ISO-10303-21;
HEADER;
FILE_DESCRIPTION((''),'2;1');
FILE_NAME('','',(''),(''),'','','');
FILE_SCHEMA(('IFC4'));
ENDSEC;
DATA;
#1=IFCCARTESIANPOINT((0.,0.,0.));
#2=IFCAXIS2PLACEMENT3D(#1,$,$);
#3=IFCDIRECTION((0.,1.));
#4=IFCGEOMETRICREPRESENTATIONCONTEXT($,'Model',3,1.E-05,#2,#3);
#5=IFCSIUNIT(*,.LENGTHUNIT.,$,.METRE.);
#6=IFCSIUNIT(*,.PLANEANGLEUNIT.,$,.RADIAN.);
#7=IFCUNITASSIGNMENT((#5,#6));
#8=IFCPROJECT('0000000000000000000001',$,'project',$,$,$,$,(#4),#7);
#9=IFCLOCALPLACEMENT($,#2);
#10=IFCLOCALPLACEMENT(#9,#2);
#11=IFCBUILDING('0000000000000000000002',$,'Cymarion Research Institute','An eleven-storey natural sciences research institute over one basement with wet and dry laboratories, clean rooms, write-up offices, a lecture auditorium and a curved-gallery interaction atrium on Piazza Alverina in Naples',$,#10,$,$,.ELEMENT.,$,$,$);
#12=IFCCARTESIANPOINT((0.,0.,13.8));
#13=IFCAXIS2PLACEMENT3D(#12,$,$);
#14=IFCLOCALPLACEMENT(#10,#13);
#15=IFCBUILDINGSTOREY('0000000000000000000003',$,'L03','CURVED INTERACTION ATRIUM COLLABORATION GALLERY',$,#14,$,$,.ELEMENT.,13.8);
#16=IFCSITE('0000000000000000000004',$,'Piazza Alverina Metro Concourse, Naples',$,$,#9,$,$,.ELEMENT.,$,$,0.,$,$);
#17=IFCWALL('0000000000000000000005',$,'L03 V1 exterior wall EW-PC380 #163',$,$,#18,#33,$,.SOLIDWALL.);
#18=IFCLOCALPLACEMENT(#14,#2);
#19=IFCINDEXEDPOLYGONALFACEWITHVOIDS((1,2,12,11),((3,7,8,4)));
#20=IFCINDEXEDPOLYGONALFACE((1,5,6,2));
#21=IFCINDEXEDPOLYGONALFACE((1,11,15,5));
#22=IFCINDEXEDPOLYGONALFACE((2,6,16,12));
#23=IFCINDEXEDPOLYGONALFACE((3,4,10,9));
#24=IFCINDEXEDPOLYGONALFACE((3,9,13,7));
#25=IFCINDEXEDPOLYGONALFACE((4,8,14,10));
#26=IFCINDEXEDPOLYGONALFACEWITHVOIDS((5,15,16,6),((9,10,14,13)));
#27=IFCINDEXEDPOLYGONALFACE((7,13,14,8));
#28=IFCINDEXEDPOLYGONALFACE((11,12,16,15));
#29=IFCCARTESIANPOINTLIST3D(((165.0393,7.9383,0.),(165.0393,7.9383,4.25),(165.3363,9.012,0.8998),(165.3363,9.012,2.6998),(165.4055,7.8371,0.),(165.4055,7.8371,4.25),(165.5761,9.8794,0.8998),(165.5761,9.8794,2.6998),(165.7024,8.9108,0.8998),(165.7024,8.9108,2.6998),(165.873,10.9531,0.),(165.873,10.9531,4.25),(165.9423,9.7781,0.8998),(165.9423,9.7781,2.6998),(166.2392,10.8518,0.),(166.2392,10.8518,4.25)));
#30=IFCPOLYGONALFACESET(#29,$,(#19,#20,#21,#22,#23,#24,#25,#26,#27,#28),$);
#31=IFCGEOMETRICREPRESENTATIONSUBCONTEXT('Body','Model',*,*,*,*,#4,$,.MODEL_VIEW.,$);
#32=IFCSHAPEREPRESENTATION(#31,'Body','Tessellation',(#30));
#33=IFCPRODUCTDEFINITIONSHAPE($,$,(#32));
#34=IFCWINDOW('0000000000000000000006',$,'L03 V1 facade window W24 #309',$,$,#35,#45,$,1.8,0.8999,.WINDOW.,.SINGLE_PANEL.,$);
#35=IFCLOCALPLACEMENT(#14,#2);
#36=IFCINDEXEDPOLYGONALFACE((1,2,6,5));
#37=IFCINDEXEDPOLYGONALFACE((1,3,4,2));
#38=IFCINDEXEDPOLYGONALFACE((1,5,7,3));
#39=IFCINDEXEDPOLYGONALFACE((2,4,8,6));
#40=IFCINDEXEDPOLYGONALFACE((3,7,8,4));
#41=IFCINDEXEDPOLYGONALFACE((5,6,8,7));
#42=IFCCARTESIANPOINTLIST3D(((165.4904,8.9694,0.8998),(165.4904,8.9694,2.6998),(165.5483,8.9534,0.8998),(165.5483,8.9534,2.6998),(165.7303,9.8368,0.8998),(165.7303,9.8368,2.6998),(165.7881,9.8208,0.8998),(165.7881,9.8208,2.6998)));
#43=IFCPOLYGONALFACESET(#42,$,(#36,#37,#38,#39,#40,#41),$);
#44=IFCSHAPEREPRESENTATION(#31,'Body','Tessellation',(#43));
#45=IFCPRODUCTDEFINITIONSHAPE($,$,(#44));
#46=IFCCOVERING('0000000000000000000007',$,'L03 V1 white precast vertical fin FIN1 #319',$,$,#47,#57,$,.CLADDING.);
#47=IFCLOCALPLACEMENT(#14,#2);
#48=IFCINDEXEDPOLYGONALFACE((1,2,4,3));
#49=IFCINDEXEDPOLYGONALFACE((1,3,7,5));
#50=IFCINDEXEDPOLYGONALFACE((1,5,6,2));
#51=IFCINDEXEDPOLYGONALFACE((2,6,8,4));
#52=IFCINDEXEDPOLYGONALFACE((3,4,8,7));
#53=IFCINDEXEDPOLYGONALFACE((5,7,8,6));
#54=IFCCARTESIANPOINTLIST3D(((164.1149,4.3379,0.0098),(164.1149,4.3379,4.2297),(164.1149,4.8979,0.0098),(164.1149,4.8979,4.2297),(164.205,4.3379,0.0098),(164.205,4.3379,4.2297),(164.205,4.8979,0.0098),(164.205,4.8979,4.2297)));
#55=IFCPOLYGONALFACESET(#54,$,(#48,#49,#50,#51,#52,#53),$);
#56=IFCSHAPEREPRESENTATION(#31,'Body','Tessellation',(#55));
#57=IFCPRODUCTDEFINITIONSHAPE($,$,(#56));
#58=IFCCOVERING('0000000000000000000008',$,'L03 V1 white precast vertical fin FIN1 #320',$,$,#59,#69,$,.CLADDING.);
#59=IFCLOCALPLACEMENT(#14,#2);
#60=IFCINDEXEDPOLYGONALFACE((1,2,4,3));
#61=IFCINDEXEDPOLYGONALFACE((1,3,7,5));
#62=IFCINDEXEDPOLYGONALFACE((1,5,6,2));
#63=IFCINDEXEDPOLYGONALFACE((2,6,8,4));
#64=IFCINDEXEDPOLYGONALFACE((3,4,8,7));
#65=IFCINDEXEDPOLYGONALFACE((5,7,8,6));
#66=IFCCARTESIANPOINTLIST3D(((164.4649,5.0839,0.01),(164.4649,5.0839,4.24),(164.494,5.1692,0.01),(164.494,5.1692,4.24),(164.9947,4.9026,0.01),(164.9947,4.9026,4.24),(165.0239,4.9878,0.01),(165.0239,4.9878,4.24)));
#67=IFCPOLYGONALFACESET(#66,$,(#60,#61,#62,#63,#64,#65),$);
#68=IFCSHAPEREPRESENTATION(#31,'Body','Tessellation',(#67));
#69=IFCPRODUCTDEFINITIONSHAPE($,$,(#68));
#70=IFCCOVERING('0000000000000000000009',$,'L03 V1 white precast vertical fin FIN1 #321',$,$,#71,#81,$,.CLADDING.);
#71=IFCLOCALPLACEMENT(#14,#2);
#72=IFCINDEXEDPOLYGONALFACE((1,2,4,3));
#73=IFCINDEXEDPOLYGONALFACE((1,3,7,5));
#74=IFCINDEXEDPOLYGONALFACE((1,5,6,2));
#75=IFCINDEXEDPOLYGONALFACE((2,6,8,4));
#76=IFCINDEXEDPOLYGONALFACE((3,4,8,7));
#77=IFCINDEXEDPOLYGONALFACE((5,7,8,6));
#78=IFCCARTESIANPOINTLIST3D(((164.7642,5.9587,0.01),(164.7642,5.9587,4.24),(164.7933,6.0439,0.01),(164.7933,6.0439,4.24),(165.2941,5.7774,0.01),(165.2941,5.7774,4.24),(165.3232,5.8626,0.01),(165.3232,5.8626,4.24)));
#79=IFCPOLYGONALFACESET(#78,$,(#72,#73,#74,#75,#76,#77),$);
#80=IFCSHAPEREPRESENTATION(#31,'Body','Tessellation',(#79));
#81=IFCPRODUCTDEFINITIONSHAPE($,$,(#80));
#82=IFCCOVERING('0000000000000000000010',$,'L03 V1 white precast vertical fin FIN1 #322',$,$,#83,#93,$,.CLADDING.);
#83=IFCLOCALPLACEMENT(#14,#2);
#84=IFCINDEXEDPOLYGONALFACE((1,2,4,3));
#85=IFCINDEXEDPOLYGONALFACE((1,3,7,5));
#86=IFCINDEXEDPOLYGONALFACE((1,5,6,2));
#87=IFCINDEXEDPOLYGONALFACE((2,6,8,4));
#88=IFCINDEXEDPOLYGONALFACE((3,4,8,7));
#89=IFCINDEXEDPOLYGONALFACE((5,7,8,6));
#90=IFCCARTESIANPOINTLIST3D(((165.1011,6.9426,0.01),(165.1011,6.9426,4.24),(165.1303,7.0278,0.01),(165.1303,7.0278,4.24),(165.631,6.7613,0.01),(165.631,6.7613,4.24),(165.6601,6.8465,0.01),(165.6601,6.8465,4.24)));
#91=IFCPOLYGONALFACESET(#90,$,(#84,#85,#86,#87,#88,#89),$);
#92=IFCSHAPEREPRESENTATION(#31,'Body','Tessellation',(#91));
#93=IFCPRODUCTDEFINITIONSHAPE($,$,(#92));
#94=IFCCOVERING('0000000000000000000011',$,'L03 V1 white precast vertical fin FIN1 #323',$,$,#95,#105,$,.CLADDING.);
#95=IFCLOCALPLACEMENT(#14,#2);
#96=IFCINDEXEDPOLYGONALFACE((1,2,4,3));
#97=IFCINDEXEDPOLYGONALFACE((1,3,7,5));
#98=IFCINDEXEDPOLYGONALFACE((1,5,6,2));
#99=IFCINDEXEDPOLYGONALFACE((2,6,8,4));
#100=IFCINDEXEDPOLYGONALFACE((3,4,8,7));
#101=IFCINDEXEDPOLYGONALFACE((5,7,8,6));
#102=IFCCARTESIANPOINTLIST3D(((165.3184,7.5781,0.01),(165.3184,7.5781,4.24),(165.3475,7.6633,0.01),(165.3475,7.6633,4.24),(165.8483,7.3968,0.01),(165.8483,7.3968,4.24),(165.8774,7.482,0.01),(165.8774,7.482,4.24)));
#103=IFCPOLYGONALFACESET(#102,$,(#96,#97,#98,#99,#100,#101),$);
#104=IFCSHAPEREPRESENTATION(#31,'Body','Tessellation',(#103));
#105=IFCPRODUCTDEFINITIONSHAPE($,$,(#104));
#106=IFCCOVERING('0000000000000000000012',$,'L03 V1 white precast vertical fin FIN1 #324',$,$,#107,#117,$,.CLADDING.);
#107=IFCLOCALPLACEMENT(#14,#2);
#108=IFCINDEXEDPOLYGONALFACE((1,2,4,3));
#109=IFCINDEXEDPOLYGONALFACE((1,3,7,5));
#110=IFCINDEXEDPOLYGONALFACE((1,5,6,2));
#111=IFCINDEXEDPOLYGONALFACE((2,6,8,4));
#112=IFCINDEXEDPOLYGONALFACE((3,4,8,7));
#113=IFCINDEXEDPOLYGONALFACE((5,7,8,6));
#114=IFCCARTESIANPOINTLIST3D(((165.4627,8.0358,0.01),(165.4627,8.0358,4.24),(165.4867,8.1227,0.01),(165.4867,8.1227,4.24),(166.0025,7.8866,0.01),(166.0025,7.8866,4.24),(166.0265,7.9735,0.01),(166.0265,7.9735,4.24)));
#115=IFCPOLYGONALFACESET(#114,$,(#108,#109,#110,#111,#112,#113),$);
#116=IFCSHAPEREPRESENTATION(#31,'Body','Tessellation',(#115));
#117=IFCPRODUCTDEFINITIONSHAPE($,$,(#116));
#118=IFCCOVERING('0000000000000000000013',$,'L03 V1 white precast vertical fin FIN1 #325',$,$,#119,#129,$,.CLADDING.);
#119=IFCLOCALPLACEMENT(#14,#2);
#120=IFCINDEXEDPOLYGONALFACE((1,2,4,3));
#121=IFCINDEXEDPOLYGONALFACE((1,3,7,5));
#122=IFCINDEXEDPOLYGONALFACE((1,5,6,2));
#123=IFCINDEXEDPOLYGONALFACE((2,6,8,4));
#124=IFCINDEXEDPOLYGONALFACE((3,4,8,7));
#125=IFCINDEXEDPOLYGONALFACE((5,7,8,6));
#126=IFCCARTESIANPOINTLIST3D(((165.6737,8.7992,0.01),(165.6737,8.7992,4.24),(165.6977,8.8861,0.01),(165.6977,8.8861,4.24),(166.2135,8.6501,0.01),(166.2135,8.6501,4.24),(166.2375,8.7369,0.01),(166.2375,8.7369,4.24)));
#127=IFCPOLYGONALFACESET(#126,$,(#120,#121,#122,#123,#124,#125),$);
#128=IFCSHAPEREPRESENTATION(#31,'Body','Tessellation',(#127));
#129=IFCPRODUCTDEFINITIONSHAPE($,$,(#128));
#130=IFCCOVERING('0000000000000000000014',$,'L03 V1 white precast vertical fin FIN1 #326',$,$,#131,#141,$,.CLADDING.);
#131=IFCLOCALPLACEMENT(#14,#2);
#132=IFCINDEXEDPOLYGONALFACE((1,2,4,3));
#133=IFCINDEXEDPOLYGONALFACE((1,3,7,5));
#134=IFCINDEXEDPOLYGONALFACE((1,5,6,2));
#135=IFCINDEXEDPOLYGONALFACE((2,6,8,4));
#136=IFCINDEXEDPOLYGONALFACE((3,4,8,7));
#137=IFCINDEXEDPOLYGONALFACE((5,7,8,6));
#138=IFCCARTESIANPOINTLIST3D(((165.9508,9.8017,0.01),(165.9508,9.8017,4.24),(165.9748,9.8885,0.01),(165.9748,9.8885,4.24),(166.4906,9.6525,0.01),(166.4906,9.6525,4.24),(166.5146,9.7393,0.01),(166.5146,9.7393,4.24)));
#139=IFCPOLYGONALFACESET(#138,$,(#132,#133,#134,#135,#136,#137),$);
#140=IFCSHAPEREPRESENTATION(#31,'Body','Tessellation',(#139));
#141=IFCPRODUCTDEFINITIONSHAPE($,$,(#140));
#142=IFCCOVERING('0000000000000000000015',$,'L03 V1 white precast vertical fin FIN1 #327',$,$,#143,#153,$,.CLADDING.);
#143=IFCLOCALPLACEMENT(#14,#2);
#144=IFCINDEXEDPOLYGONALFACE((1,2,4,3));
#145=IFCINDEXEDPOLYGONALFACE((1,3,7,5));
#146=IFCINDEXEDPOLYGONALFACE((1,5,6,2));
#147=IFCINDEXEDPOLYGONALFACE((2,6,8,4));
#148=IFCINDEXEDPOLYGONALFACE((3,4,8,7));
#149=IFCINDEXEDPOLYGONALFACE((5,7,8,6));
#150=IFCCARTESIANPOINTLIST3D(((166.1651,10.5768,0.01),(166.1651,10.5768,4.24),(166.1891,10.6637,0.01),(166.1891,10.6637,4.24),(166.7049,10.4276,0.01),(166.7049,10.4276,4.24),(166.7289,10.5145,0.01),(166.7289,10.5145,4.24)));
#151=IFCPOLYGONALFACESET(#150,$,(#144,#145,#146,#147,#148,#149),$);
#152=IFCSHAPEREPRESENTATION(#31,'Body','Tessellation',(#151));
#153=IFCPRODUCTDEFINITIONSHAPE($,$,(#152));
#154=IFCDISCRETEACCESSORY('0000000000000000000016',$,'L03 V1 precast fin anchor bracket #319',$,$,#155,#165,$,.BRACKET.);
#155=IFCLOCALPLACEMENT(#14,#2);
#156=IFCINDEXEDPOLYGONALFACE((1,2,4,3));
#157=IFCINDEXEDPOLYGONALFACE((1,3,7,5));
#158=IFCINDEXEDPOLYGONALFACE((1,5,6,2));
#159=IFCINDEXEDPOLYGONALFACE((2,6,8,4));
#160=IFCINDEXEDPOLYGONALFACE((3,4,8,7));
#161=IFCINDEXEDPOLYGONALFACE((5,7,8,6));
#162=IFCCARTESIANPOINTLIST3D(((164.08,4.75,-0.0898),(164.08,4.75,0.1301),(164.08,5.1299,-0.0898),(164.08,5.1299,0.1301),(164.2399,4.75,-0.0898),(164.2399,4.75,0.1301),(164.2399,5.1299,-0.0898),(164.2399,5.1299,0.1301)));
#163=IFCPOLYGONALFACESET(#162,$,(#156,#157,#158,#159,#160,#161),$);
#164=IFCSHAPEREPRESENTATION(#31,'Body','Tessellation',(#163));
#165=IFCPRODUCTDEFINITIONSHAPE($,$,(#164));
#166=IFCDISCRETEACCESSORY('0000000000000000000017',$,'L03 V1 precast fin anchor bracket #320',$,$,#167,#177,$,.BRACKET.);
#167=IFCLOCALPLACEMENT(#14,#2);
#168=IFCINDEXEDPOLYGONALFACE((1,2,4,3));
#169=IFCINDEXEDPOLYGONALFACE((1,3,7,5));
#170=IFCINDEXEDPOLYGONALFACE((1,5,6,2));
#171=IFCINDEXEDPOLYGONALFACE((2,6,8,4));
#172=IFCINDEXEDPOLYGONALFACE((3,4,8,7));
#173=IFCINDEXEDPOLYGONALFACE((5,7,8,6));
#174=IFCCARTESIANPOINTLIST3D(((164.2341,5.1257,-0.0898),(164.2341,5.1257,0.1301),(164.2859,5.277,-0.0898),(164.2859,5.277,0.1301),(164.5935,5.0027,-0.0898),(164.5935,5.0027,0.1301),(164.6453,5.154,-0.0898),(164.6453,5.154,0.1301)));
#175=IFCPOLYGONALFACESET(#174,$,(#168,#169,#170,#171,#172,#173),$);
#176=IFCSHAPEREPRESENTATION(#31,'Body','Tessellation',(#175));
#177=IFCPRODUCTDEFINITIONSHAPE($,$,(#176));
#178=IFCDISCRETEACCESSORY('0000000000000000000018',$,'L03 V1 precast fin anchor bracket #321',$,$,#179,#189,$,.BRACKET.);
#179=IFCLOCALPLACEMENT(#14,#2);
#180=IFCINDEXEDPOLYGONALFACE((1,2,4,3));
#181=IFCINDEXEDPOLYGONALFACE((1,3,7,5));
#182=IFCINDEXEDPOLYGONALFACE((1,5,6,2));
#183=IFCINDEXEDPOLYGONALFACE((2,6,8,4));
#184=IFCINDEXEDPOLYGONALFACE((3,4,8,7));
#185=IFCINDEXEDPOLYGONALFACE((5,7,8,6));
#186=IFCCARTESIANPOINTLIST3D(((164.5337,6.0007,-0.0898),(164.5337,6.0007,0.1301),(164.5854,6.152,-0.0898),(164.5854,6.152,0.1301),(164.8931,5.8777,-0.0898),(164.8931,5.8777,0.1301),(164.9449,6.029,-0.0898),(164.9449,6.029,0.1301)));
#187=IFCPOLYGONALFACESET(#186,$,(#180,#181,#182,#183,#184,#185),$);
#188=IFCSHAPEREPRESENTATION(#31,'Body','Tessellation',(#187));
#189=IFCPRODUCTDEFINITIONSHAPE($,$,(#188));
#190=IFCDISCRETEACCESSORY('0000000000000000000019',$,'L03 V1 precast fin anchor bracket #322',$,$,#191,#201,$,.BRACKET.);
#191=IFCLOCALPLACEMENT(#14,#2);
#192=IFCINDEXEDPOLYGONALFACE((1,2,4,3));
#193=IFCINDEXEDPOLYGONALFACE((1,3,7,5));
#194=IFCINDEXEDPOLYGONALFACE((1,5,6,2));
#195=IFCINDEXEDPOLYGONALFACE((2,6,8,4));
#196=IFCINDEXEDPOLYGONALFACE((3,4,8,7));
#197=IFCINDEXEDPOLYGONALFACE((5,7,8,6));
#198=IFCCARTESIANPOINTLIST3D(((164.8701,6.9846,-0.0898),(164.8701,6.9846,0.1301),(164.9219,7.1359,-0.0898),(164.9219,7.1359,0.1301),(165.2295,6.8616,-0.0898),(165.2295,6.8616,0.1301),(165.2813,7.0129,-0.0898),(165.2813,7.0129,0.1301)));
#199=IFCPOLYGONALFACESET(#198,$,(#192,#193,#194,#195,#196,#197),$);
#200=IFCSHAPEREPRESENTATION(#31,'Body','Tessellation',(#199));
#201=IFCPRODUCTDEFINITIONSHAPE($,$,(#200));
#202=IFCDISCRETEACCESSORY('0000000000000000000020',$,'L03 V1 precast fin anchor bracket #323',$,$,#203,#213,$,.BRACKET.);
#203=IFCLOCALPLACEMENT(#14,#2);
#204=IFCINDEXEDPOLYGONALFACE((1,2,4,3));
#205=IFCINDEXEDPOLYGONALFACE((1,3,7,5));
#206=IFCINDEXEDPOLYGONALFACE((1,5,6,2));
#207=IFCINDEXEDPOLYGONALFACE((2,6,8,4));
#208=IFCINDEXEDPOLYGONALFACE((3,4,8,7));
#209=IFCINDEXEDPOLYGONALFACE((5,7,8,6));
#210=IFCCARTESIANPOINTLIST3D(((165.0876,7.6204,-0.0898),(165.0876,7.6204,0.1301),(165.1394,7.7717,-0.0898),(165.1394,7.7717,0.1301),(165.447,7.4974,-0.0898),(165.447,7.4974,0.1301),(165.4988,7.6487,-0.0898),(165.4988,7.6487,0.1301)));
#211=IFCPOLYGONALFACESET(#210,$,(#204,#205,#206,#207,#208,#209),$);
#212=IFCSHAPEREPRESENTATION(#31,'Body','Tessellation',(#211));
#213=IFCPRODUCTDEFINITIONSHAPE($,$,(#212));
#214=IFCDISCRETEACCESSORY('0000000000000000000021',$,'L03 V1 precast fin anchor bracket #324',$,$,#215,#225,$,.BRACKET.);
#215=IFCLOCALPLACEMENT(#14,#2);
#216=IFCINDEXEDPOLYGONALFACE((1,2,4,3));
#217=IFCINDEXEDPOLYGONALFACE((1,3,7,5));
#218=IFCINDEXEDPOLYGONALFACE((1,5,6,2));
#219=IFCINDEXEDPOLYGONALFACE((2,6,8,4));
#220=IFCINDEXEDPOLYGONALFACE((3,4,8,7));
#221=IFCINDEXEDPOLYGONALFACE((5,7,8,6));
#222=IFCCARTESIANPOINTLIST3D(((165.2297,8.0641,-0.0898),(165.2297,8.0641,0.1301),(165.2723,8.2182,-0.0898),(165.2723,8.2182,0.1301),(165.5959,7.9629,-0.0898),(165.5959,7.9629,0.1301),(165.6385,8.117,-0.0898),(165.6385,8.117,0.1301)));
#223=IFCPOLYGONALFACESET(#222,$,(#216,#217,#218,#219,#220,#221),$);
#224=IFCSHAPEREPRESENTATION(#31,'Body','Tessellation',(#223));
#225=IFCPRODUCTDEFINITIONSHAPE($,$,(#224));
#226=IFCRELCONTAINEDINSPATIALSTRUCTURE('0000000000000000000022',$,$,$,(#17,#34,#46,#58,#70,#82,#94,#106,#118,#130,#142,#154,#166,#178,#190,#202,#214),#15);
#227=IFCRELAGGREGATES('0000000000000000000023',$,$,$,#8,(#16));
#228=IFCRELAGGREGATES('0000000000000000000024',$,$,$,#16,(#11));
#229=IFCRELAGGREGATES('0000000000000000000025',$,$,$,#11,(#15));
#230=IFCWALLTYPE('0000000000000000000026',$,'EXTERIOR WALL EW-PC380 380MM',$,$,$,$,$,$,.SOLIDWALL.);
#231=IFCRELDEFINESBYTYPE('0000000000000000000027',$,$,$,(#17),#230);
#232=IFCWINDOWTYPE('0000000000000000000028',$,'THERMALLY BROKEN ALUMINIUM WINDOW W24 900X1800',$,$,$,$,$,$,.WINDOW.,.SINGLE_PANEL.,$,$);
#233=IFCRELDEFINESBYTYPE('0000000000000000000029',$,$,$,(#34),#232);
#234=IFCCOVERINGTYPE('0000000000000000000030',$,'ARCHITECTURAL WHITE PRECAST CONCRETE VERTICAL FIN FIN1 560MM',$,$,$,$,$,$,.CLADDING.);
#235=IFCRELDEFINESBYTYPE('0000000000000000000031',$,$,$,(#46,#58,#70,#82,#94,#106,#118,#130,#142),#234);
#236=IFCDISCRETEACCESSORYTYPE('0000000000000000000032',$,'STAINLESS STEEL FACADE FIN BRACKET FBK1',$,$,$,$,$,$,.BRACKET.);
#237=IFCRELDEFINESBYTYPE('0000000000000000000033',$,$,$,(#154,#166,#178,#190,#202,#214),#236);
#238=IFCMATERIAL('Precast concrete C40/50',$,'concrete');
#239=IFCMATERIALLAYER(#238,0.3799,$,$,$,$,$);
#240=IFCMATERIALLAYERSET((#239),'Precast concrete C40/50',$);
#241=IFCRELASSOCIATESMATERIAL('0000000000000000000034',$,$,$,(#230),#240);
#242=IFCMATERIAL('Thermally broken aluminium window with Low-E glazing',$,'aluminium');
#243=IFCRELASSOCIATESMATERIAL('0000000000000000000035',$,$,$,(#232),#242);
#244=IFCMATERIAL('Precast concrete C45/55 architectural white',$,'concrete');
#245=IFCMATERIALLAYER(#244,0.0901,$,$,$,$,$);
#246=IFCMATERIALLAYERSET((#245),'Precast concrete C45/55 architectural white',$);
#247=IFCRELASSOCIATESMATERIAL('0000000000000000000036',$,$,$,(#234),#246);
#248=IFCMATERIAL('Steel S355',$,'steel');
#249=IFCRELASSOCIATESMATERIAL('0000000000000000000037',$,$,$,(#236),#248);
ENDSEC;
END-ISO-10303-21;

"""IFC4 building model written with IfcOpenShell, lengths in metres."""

from ifc_helpers import new_model, si_unit, direction, frame, frame_2d, origin, origin_2d, place, context, subcontext, project, spatial, rectangle, extrude, material, layer, layer_set, type_object, element, fill, save


model = new_model("IFC4")

# Units and contexts
model_context = context("Model", 3, precision=1e-05, world=origin(), true_north=direction((0.0, 1.0)))
body_context = subcontext(model_context, "Body", "Model", "MODEL_VIEW")
ifc_project = project(units=[si_unit("LENGTHUNIT", "METRE"), si_unit("PLANEANGLEUNIT", "RADIAN")], contexts=[model_context])

# Site, building, storey
site_placement = place(None, origin())
site = spatial("IfcSite", under=ifc_project, at=site_placement, Name="Piazza Alverina Metro Concourse, Naples", CompositionType="ELEMENT", RefElevation=0.0)
building_placement = place(site_placement, origin())
building = spatial("IfcBuilding", under=site, at=building_placement, Name="Cymarion Research Institute", Description="An eleven-storey natural sciences research institute over one basement with wet and dry laboratories, clean rooms, write-up offices, a lecture auditorium and a curved-gallery interaction atrium on Piazza Alverina in Naples", CompositionType="ELEMENT")
storey_placement = place(building_placement, frame((0.0, 0.0, 13.8)))
storey = spatial("IfcBuildingStorey", under=building, at=storey_placement, Name="L03", Description="CURVED INTERACTION ATRIUM COLLABORATION GALLERY", CompositionType="ELEMENT", Elevation=13.8)

# Shared definitions
ifc_material_1 = material(Name="Steel S355", Category="steel")

# Wall, opening, window
ifc_material_2 = material(Name="Precast concrete C40/50", Category="concrete")
ifc_layer_1 = layer(ifc_material_2, 0.3799)
ifc_layer_set_1 = layer_set([ifc_layer_1], Name="Precast concrete C40/50")
wall_type = type_object("IfcWallType", Name="EXTERIOR WALL EW-PC380 380MM", PredefinedType="SOLIDWALL", material=ifc_layer_set_1)
ifc_material_3 = material(Name="Thermally broken aluminium window with Low-E glazing", Category="aluminium")
window_type = type_object("IfcWindowType", Name="THERMALLY BROKEN ALUMINIUM WINDOW W24 900X1800", PartitioningType="SINGLE_PANEL", PredefinedType="WINDOW", material=ifc_material_3)
wall_1_placement = place(storey_placement, frame((165.2224, 7.8877, 0.0), z_axis=(0.0, 0.0, 1.0), x_axis=(0.266537, 0.963825, 0.0)))
wall_1 = element("IfcWall", 1, at=wall_1_placement, inside=storey, type_object=wall_type, Name="L03 V1 exterior wall EW-PC380 #163", PredefinedType="SOLIDWALL", context=body_context, shape_type="SweptSolid", body=[
    extrude(rectangle(XDim=3.1279, YDim=0.3799, at=frame_2d((1.564, 0.0))), origin(), (0.0, 0.0, 1.0), 4.25),
])
opening_1_placement = place(wall_1_placement, frame((1.114, 0.0, 0.8999)))
opening_1 = element("IfcOpeningElement", 2, at=opening_1_placement, cuts=wall_1, PredefinedType="OPENING", context=body_context, shape_type="SweptSolid", body=[
    extrude(rectangle(XDim=0.8999, YDim=1.8, at=frame_2d((0.45, 0.8999))), frame((0.0, 0.2, 0.0), z_axis=(0.0, -1.0, 0.0), x_axis=(1.0, 0.0, 0.0)), (0.0, 0.0, 1.0), 0.3999),
])
window_1_placement = place(opening_1_placement, origin())
window_1 = element("IfcWindow", 3, at=window_1_placement, inside=storey, type_object=window_type, Name="L03 V1 facade window W24 #309", OverallHeight=1.8, OverallWidth=0.8999, PartitioningType="SINGLE_PANEL", PredefinedType="WINDOW", context=body_context, shape_type="SweptSolid", body=[
    extrude(rectangle(XDim=0.8999, YDim=1.8, at=frame_2d((0.45, 0.8999))), frame((0.0, 0.03, 0.0), z_axis=(0.0, -1.0, 0.0), x_axis=(1.0, 0.0, 0.0)), (0.0, 0.0, 1.0), 0.0601),
])
fill(opening_1, window_1)

# Coverings
ifc_material_4 = material(Name="Precast concrete C45/55 architectural white", Category="concrete")
ifc_layer_2 = layer(ifc_material_4, 0.0901)
ifc_layer_set_2 = layer_set([ifc_layer_2], Name="Precast concrete C45/55 architectural white")
covering_type = type_object("IfcCoveringType", Name="ARCHITECTURAL WHITE PRECAST CONCRETE VERTICAL FIN FIN1 560MM", PredefinedType="CLADDING", material=ifc_layer_set_2)
covering_placement = place(storey_placement, frame((164.1599, 4.6179, 0.0098), z_axis=(0.0, 0.0, 1.0), x_axis=(0.0, -1.0, 0.0)))
element("IfcCovering", 4, at=covering_placement, inside=storey, type_object=covering_type, Name="L03 V1 white precast vertical fin FIN1 #319", PredefinedType="CLADDING", context=body_context, shape_type="SweptSolid", body=[
    extrude(rectangle(XDim=0.5601, YDim=0.0901, at=origin_2d()), origin(), (0.0, 0.0, 1.0), 4.22),
])
for number, where, z_axis, x_axis, name in (
    (5, (164.7444, 5.0359, 0.01), (0.0, 0.0, 1.0), (0.946142, -0.323752, 0.0), "L03 V1 white precast vertical fin FIN1 #320"),
    (6, (165.0437, 5.9106, 0.01), (0.0, 0.0, 1.0), (0.946142, -0.323752, 0.0), "L03 V1 white precast vertical fin FIN1 #321"),
    (7, (165.3806, 6.8945, 0.01), (0.0, 0.0, 1.0), (0.946142, -0.323752, 0.0), "L03 V1 white precast vertical fin FIN1 #322"),
    (8, (165.5979, 7.53, 0.01), (0.0, 0.0, 1.0), (0.946142, -0.323752, 0.0), "L03 V1 white precast vertical fin FIN1 #323"),
    (9, (165.7446, 8.0046, 0.01), (0.0, 0.0, 1.0), (0.963863, -0.266397, 0.0), "L03 V1 white precast vertical fin FIN1 #324"),
    (10, (165.9556, 8.7681, 0.01), (0.0, 0.0, 1.0), (0.963863, -0.266397, 0.0), "L03 V1 white precast vertical fin FIN1 #325"),
    (11, (166.2327, 9.7705, 0.01), (0.0, 0.0, 1.0), (0.963863, -0.266397, 0.0), "L03 V1 white precast vertical fin FIN1 #326"),
    (12, (166.447, 10.5457, 0.01), (0.0, 0.0, 1.0), (0.963863, -0.266397, 0.0), "L03 V1 white precast vertical fin FIN1 #327"),
):
    element("IfcCovering", number, at=place(storey_placement, frame(where, z_axis=z_axis, x_axis=x_axis)), inside=storey, type_object=covering_type, Name=name, PredefinedType="CLADDING", context=body_context, shape_type="SweptSolid", body=[
        extrude(rectangle(XDim=0.5601, YDim=0.0901, at=origin_2d()), origin(), (0.0, 0.0, 1.0), 4.23),
    ])

# Discrete accessories
discrete_accessory_type = type_object("IfcDiscreteAccessoryType", Name="STAINLESS STEEL FACADE FIN BRACKET FBK1", PredefinedType="BRACKET", material=ifc_material_1)
for number, where, z_axis, x_axis, name in (
    (13, (164.1599, 4.9399, -0.0898), (0.0, 0.0, 1.0), (0.0, -1.0, 0.0), "L03 V1 precast fin anchor bracket #319"),
    (14, (164.4397, 5.1399, -0.0898), (0.0, 0.0, 1.0), (0.946142, -0.323752, 0.0), "L03 V1 precast fin anchor bracket #320"),
    (15, (164.7393, 6.0149, -0.0898), (0.0, 0.0, 1.0), (0.946142, -0.323752, 0.0), "L03 V1 precast fin anchor bracket #321"),
    (16, (165.0757, 6.9988, -0.0898), (0.0, 0.0, 1.0), (0.946142, -0.323752, 0.0), "L03 V1 precast fin anchor bracket #322"),
    (17, (165.2932, 7.6345, -0.0898), (0.0, 0.0, 1.0), (0.946142, -0.323752, 0.0), "L03 V1 precast fin anchor bracket #323"),
    (18, (165.4341, 8.0906, -0.0898), (0.0, 0.0, 1.0), (0.963863, -0.266397, 0.0), "L03 V1 precast fin anchor bracket #324"),
):
    element("IfcDiscreteAccessory", number, at=place(storey_placement, frame(where, z_axis=z_axis, x_axis=x_axis)), inside=storey, type_object=discrete_accessory_type, Name=name, PredefinedType="BRACKET", context=body_context, shape_type="SweptSolid", body=[
        extrude(rectangle(XDim=0.3799, YDim=0.1599, at=origin_2d()), origin(), (0.0, 0.0, 1.0), 0.22),
    ])

save(model, "model.ifc")
